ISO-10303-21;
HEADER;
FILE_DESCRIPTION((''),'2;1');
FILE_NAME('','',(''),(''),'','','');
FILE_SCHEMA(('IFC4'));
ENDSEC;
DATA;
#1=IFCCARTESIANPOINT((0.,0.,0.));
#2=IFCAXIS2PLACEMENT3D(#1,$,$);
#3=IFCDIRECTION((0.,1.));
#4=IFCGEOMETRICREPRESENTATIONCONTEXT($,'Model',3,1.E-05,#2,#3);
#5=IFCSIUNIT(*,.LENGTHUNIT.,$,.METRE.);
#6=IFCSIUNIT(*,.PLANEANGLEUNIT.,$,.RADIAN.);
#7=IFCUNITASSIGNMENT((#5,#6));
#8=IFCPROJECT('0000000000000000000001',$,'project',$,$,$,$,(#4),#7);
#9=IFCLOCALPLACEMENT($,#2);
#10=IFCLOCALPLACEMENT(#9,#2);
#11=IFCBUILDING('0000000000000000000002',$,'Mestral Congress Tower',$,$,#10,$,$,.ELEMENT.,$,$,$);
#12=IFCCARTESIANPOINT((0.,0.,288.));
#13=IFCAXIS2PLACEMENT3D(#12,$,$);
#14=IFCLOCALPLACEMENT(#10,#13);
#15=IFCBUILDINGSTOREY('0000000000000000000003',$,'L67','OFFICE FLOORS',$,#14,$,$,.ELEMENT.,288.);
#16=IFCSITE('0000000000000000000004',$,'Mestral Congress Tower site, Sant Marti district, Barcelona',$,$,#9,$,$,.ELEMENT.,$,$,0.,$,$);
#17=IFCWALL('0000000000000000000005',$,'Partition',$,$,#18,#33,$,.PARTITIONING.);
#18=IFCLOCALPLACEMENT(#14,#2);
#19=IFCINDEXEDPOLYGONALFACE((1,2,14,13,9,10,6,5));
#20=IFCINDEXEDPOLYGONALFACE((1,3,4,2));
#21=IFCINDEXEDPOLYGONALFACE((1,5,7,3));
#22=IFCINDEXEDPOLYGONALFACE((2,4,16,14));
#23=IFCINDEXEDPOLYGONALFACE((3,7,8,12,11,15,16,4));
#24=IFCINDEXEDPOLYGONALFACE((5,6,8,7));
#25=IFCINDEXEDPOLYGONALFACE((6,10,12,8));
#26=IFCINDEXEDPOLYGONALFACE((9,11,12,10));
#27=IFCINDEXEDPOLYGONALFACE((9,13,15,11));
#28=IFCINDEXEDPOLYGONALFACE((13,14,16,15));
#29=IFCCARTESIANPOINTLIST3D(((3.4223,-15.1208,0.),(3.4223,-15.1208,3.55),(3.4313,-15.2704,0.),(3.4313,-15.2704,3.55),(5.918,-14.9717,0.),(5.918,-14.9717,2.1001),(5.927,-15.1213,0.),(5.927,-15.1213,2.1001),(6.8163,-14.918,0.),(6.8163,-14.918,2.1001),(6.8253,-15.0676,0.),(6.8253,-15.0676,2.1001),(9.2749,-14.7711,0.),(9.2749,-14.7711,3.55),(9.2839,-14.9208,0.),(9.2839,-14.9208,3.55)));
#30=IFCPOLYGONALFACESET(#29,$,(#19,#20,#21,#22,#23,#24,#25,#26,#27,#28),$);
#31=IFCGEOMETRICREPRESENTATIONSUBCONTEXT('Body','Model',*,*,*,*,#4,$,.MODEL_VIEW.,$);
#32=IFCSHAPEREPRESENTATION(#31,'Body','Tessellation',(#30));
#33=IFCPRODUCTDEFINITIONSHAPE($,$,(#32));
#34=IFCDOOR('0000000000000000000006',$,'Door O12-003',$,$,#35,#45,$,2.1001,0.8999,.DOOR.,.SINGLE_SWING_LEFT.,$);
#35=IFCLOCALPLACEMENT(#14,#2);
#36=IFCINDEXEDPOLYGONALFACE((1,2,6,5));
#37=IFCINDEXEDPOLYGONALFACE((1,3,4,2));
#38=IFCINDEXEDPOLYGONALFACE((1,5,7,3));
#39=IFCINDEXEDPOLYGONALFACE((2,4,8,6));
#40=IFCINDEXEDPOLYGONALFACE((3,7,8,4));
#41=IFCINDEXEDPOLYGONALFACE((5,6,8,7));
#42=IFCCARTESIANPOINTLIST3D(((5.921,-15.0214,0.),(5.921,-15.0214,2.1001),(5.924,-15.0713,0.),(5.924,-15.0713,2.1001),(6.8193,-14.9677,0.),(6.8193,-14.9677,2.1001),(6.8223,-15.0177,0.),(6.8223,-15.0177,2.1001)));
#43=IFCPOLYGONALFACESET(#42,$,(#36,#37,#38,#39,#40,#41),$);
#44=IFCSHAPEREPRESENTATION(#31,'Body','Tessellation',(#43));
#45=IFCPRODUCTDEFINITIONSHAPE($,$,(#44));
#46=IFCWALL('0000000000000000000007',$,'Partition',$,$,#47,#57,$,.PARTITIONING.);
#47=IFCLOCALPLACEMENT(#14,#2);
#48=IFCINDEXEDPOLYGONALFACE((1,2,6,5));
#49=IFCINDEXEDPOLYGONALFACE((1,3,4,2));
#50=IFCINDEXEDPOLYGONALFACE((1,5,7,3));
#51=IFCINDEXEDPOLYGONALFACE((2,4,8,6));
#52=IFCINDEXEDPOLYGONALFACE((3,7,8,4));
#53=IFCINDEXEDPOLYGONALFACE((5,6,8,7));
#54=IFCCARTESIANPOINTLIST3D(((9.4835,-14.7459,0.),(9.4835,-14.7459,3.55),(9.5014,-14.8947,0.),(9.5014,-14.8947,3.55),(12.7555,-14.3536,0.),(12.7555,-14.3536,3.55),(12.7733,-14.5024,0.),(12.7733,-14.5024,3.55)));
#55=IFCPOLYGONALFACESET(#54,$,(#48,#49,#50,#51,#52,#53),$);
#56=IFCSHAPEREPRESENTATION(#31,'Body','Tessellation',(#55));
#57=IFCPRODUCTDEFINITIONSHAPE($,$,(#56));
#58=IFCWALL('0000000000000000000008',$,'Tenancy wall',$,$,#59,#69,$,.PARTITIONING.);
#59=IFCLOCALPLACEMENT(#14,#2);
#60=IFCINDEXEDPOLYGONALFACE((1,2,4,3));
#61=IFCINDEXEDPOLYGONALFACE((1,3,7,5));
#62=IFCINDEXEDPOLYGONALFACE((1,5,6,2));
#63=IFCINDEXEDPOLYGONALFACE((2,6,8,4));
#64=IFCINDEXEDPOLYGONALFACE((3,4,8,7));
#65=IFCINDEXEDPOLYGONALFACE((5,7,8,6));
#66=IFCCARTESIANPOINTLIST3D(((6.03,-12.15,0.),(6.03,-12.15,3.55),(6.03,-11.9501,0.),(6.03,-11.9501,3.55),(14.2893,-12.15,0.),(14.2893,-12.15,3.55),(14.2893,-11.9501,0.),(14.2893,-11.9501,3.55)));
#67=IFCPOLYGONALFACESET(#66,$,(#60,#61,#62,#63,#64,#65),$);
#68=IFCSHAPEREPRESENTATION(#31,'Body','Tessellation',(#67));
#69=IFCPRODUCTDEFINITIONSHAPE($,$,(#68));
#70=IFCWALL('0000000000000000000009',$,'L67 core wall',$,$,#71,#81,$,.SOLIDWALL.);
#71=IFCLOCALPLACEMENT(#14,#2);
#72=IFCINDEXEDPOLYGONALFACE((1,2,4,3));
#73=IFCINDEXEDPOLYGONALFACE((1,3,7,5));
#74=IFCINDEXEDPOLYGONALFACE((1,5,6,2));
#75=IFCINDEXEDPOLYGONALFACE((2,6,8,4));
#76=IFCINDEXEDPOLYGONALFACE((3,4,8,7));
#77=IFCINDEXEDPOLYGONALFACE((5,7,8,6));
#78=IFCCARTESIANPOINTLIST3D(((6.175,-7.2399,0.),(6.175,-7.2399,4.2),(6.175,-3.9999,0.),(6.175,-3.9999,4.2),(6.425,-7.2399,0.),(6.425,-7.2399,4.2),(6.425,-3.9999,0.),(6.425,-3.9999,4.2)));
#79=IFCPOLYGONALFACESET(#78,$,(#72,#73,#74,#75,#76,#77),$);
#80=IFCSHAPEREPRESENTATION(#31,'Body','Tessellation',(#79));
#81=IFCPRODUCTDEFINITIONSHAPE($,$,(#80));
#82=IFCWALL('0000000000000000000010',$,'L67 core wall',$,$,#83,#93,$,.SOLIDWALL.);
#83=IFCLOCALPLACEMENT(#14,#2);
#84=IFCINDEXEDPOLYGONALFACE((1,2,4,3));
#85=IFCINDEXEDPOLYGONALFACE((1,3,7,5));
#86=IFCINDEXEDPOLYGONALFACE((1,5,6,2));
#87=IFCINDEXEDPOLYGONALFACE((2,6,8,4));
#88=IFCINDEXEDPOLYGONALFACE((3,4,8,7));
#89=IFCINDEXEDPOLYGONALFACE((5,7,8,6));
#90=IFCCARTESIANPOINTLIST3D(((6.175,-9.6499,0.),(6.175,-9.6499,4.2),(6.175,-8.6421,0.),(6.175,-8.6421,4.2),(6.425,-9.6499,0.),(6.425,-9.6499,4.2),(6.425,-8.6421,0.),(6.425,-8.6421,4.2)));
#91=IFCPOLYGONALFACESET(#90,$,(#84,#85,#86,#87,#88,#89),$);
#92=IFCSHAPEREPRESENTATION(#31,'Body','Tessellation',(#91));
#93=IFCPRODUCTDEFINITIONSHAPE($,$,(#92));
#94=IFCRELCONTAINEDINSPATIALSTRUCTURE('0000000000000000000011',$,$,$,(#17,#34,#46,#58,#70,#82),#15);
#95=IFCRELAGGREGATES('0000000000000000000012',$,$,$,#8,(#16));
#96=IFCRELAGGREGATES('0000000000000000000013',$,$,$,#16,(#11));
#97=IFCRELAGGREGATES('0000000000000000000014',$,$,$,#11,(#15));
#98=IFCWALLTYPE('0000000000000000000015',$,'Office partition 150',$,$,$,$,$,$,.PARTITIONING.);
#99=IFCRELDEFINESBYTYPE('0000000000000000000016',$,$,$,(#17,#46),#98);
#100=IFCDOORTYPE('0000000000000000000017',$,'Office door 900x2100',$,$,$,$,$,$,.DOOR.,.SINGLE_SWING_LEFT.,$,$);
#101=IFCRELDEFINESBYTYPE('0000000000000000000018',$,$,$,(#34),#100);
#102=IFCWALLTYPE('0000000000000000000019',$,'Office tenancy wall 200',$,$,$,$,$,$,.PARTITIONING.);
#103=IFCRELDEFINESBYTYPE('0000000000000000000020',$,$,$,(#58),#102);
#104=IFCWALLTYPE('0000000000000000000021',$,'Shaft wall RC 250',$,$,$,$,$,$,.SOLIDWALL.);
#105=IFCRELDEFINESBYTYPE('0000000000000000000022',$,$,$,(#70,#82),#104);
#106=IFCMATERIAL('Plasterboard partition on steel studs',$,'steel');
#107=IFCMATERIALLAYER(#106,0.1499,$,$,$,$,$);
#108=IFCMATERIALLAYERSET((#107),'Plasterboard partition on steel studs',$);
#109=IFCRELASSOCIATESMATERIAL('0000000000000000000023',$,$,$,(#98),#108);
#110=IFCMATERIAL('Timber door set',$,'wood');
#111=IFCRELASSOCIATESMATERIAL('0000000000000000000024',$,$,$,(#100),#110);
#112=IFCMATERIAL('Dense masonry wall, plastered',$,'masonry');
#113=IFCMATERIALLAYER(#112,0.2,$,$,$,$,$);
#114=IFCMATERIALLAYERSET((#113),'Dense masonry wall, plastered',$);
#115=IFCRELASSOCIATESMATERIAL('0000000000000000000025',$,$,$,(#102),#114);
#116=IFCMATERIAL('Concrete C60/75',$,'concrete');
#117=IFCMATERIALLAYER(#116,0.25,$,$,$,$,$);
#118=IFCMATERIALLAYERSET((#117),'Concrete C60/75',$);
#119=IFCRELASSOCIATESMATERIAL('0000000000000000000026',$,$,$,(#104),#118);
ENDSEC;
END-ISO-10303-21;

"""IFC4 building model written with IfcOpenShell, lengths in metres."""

from ifc_helpers import new_model, si_unit, direction, frame, frame_2d, origin, place, context, subcontext, project, spatial, rectangle, extrude, material, layer, layer_set, type_object, element, fill, save


model = new_model("IFC4")

# Units and contexts
model_context = context("Model", 3, precision=1e-05, world=origin(), true_north=direction((0.0, 1.0)))
body_context = subcontext(model_context, "Body", "Model", "MODEL_VIEW")
ifc_project = project(units=[si_unit("LENGTHUNIT", "METRE"), si_unit("PLANEANGLEUNIT", "RADIAN")], contexts=[model_context])

# Site, building, storey
site_placement = place(None, origin())
site = spatial("IfcSite", under=ifc_project, at=site_placement, Name="Mestral Congress Tower site, Sant Marti district, Barcelona", CompositionType="ELEMENT", RefElevation=0.0)
building_placement = place(site_placement, origin())
building = spatial("IfcBuilding", under=site, at=building_placement, Name="Mestral Congress Tower", CompositionType="ELEMENT")
storey_placement = place(building_placement, frame((0.0, 0.0, 288.0)))
storey = spatial("IfcBuildingStorey", under=building, at=storey_placement, Name="L67", Description="OFFICE FLOORS", CompositionType="ELEMENT", Elevation=288.0)

# Shared definitions
ifc_material_1 = material(Name="Concrete C60/75", Category="concrete")

# Shared definitions
ifc_material_2 = material(Name="Plasterboard partition on steel studs", Category="steel")
ifc_layer_1 = layer(ifc_material_2, 0.1499)
ifc_layer_set_1 = layer_set([ifc_layer_1], Name="Plasterboard partition on steel studs")
wall_type_1 = type_object("IfcWallType", Name="Office partition 150", PredefinedType="PARTITIONING", material=ifc_layer_set_1)

# Wall, opening, door
ifc_material_3 = material(Name="Timber door set", Category="wood")
door_type_1 = type_object("IfcDoorType", Name="Office door 900x2100", OperationType="SINGLE_SWING_LEFT", PredefinedType="DOOR", material=ifc_material_3)
wall_1_placement = place(storey_placement, frame((9.2795, -14.8459, 0.0), z_axis=(0.0, 0.0, 1.0), x_axis=(-0.998221, -0.05963, 0.0)))
wall_1 = element("IfcWall", 1, at=wall_1_placement, inside=storey, type_object=wall_type_1, Name="Partition", PredefinedType="PARTITIONING", context=body_context, shape_type="SweptSolid", body=[
    extrude(rectangle(XDim=5.863, YDim=0.1499, at=frame_2d((2.9316, 0.0))), origin(), (0.0, 0.0, 1.0), 3.55),
])
opening_1_placement = place(wall_1_placement, frame((2.4631, 0.0, 0.0)))
opening_1 = element("IfcOpeningElement", 2, at=opening_1_placement, cuts=wall_1, PredefinedType="OPENING", context=body_context, shape_type="SweptSolid", body=[
    extrude(rectangle(XDim=0.8999, YDim=2.1001, at=frame_2d((0.45, 1.05))), frame((0.0, 0.085, 0.0), z_axis=(0.0, -1.0, 0.0), x_axis=(1.0, 0.0, 0.0)), (0.0, 0.0, 1.0), 0.1699),
])
door_1_placement = place(opening_1_placement, origin())
door_1 = element("IfcDoor", 3, at=door_1_placement, inside=storey, type_object=door_type_1, Name="Door O12-003", OperationType="SINGLE_SWING_LEFT", OverallHeight=2.1001, OverallWidth=0.8999, PredefinedType="DOOR", context=body_context, shape_type="SweptSolid", body=[
    extrude(rectangle(XDim=0.8999, YDim=2.1001, at=frame_2d((0.45, 1.05))), frame((0.0, 0.0249, 0.0), z_axis=(0.0, -1.0, 0.0), x_axis=(1.0, 0.0, 0.0)), (0.0, 0.0, 1.0), 0.05),
])
fill(opening_1, door_1)

# Walls
wall_2_placement = place(storey_placement, frame((9.4924, -14.8203, 0.0), z_axis=(0.0, 0.0, 1.0), x_axis=(0.992888, 0.119055, 0.0)))
element("IfcWall", 4, at=wall_2_placement, inside=storey, type_object=wall_type_1, Name="Partition", PredefinedType="PARTITIONING", context=body_context, shape_type="SweptSolid", body=[
    extrude(rectangle(XDim=3.2954, YDim=0.1499, at=frame_2d((1.6477, 0.0))), origin(), (0.0, 0.0, 1.0), 3.55),
])
ifc_material_4 = material(Name="Dense masonry wall, plastered", Category="masonry")
ifc_layer_2 = layer(ifc_material_4, 0.2)
ifc_layer_set_2 = layer_set([ifc_layer_2], Name="Dense masonry wall, plastered")
wall_type_2 = type_object("IfcWallType", Name="Office tenancy wall 200", PredefinedType="PARTITIONING", material=ifc_layer_set_2)
wall_3_placement = place(storey_placement, frame((6.03, -12.05, 0.0), z_axis=(0.0, 0.0, 1.0), x_axis=(1.0, 0.0, 0.0)))
element("IfcWall", 5, at=wall_3_placement, inside=storey, type_object=wall_type_2, Name="Tenancy wall", PredefinedType="PARTITIONING", context=body_context, shape_type="SweptSolid", body=[
    extrude(rectangle(XDim=8.2593, YDim=0.2, at=frame_2d((4.1296, 0.0))), origin(), (0.0, 0.0, 1.0), 3.55),
])
ifc_layer_3 = layer(ifc_material_1, 0.25)
ifc_layer_set_3 = layer_set([ifc_layer_3], Name="Concrete C60/75")
wall_type_3 = type_object("IfcWallType", Name="Shaft wall RC 250", PredefinedType="SOLIDWALL", material=ifc_layer_set_3)
wall_4_placement = place(storey_placement, frame((6.3, -7.24, 0.0), z_axis=(0.0, 0.0, 1.0), x_axis=(0.0, 1.0, 0.0)))
element("IfcWall", 6, at=wall_4_placement, inside=storey, type_object=wall_type_3, Name="L67 core wall", PredefinedType="SOLIDWALL", context=body_context, shape_type="SweptSolid", body=[
    extrude(rectangle(XDim=3.24, YDim=0.25, at=frame_2d((1.6201, 0.0))), origin(), (0.0, 0.0, 1.0), 4.2),
])
wall_5_placement = place(storey_placement, frame((6.3, -9.6499, 0.0), z_axis=(0.0, 0.0, 1.0), x_axis=(0.0, 1.0, 0.0)))
element("IfcWall", 7, at=wall_5_placement, inside=storey, type_object=wall_type_3, Name="L67 core wall", PredefinedType="SOLIDWALL", context=body_context, shape_type="SweptSolid", body=[
    extrude(rectangle(XDim=1.0078, YDim=0.25, at=frame_2d((0.5039, 0.0))), origin(), (0.0, 0.0, 1.0), 4.2),
])

save(model, "model.ifc")
